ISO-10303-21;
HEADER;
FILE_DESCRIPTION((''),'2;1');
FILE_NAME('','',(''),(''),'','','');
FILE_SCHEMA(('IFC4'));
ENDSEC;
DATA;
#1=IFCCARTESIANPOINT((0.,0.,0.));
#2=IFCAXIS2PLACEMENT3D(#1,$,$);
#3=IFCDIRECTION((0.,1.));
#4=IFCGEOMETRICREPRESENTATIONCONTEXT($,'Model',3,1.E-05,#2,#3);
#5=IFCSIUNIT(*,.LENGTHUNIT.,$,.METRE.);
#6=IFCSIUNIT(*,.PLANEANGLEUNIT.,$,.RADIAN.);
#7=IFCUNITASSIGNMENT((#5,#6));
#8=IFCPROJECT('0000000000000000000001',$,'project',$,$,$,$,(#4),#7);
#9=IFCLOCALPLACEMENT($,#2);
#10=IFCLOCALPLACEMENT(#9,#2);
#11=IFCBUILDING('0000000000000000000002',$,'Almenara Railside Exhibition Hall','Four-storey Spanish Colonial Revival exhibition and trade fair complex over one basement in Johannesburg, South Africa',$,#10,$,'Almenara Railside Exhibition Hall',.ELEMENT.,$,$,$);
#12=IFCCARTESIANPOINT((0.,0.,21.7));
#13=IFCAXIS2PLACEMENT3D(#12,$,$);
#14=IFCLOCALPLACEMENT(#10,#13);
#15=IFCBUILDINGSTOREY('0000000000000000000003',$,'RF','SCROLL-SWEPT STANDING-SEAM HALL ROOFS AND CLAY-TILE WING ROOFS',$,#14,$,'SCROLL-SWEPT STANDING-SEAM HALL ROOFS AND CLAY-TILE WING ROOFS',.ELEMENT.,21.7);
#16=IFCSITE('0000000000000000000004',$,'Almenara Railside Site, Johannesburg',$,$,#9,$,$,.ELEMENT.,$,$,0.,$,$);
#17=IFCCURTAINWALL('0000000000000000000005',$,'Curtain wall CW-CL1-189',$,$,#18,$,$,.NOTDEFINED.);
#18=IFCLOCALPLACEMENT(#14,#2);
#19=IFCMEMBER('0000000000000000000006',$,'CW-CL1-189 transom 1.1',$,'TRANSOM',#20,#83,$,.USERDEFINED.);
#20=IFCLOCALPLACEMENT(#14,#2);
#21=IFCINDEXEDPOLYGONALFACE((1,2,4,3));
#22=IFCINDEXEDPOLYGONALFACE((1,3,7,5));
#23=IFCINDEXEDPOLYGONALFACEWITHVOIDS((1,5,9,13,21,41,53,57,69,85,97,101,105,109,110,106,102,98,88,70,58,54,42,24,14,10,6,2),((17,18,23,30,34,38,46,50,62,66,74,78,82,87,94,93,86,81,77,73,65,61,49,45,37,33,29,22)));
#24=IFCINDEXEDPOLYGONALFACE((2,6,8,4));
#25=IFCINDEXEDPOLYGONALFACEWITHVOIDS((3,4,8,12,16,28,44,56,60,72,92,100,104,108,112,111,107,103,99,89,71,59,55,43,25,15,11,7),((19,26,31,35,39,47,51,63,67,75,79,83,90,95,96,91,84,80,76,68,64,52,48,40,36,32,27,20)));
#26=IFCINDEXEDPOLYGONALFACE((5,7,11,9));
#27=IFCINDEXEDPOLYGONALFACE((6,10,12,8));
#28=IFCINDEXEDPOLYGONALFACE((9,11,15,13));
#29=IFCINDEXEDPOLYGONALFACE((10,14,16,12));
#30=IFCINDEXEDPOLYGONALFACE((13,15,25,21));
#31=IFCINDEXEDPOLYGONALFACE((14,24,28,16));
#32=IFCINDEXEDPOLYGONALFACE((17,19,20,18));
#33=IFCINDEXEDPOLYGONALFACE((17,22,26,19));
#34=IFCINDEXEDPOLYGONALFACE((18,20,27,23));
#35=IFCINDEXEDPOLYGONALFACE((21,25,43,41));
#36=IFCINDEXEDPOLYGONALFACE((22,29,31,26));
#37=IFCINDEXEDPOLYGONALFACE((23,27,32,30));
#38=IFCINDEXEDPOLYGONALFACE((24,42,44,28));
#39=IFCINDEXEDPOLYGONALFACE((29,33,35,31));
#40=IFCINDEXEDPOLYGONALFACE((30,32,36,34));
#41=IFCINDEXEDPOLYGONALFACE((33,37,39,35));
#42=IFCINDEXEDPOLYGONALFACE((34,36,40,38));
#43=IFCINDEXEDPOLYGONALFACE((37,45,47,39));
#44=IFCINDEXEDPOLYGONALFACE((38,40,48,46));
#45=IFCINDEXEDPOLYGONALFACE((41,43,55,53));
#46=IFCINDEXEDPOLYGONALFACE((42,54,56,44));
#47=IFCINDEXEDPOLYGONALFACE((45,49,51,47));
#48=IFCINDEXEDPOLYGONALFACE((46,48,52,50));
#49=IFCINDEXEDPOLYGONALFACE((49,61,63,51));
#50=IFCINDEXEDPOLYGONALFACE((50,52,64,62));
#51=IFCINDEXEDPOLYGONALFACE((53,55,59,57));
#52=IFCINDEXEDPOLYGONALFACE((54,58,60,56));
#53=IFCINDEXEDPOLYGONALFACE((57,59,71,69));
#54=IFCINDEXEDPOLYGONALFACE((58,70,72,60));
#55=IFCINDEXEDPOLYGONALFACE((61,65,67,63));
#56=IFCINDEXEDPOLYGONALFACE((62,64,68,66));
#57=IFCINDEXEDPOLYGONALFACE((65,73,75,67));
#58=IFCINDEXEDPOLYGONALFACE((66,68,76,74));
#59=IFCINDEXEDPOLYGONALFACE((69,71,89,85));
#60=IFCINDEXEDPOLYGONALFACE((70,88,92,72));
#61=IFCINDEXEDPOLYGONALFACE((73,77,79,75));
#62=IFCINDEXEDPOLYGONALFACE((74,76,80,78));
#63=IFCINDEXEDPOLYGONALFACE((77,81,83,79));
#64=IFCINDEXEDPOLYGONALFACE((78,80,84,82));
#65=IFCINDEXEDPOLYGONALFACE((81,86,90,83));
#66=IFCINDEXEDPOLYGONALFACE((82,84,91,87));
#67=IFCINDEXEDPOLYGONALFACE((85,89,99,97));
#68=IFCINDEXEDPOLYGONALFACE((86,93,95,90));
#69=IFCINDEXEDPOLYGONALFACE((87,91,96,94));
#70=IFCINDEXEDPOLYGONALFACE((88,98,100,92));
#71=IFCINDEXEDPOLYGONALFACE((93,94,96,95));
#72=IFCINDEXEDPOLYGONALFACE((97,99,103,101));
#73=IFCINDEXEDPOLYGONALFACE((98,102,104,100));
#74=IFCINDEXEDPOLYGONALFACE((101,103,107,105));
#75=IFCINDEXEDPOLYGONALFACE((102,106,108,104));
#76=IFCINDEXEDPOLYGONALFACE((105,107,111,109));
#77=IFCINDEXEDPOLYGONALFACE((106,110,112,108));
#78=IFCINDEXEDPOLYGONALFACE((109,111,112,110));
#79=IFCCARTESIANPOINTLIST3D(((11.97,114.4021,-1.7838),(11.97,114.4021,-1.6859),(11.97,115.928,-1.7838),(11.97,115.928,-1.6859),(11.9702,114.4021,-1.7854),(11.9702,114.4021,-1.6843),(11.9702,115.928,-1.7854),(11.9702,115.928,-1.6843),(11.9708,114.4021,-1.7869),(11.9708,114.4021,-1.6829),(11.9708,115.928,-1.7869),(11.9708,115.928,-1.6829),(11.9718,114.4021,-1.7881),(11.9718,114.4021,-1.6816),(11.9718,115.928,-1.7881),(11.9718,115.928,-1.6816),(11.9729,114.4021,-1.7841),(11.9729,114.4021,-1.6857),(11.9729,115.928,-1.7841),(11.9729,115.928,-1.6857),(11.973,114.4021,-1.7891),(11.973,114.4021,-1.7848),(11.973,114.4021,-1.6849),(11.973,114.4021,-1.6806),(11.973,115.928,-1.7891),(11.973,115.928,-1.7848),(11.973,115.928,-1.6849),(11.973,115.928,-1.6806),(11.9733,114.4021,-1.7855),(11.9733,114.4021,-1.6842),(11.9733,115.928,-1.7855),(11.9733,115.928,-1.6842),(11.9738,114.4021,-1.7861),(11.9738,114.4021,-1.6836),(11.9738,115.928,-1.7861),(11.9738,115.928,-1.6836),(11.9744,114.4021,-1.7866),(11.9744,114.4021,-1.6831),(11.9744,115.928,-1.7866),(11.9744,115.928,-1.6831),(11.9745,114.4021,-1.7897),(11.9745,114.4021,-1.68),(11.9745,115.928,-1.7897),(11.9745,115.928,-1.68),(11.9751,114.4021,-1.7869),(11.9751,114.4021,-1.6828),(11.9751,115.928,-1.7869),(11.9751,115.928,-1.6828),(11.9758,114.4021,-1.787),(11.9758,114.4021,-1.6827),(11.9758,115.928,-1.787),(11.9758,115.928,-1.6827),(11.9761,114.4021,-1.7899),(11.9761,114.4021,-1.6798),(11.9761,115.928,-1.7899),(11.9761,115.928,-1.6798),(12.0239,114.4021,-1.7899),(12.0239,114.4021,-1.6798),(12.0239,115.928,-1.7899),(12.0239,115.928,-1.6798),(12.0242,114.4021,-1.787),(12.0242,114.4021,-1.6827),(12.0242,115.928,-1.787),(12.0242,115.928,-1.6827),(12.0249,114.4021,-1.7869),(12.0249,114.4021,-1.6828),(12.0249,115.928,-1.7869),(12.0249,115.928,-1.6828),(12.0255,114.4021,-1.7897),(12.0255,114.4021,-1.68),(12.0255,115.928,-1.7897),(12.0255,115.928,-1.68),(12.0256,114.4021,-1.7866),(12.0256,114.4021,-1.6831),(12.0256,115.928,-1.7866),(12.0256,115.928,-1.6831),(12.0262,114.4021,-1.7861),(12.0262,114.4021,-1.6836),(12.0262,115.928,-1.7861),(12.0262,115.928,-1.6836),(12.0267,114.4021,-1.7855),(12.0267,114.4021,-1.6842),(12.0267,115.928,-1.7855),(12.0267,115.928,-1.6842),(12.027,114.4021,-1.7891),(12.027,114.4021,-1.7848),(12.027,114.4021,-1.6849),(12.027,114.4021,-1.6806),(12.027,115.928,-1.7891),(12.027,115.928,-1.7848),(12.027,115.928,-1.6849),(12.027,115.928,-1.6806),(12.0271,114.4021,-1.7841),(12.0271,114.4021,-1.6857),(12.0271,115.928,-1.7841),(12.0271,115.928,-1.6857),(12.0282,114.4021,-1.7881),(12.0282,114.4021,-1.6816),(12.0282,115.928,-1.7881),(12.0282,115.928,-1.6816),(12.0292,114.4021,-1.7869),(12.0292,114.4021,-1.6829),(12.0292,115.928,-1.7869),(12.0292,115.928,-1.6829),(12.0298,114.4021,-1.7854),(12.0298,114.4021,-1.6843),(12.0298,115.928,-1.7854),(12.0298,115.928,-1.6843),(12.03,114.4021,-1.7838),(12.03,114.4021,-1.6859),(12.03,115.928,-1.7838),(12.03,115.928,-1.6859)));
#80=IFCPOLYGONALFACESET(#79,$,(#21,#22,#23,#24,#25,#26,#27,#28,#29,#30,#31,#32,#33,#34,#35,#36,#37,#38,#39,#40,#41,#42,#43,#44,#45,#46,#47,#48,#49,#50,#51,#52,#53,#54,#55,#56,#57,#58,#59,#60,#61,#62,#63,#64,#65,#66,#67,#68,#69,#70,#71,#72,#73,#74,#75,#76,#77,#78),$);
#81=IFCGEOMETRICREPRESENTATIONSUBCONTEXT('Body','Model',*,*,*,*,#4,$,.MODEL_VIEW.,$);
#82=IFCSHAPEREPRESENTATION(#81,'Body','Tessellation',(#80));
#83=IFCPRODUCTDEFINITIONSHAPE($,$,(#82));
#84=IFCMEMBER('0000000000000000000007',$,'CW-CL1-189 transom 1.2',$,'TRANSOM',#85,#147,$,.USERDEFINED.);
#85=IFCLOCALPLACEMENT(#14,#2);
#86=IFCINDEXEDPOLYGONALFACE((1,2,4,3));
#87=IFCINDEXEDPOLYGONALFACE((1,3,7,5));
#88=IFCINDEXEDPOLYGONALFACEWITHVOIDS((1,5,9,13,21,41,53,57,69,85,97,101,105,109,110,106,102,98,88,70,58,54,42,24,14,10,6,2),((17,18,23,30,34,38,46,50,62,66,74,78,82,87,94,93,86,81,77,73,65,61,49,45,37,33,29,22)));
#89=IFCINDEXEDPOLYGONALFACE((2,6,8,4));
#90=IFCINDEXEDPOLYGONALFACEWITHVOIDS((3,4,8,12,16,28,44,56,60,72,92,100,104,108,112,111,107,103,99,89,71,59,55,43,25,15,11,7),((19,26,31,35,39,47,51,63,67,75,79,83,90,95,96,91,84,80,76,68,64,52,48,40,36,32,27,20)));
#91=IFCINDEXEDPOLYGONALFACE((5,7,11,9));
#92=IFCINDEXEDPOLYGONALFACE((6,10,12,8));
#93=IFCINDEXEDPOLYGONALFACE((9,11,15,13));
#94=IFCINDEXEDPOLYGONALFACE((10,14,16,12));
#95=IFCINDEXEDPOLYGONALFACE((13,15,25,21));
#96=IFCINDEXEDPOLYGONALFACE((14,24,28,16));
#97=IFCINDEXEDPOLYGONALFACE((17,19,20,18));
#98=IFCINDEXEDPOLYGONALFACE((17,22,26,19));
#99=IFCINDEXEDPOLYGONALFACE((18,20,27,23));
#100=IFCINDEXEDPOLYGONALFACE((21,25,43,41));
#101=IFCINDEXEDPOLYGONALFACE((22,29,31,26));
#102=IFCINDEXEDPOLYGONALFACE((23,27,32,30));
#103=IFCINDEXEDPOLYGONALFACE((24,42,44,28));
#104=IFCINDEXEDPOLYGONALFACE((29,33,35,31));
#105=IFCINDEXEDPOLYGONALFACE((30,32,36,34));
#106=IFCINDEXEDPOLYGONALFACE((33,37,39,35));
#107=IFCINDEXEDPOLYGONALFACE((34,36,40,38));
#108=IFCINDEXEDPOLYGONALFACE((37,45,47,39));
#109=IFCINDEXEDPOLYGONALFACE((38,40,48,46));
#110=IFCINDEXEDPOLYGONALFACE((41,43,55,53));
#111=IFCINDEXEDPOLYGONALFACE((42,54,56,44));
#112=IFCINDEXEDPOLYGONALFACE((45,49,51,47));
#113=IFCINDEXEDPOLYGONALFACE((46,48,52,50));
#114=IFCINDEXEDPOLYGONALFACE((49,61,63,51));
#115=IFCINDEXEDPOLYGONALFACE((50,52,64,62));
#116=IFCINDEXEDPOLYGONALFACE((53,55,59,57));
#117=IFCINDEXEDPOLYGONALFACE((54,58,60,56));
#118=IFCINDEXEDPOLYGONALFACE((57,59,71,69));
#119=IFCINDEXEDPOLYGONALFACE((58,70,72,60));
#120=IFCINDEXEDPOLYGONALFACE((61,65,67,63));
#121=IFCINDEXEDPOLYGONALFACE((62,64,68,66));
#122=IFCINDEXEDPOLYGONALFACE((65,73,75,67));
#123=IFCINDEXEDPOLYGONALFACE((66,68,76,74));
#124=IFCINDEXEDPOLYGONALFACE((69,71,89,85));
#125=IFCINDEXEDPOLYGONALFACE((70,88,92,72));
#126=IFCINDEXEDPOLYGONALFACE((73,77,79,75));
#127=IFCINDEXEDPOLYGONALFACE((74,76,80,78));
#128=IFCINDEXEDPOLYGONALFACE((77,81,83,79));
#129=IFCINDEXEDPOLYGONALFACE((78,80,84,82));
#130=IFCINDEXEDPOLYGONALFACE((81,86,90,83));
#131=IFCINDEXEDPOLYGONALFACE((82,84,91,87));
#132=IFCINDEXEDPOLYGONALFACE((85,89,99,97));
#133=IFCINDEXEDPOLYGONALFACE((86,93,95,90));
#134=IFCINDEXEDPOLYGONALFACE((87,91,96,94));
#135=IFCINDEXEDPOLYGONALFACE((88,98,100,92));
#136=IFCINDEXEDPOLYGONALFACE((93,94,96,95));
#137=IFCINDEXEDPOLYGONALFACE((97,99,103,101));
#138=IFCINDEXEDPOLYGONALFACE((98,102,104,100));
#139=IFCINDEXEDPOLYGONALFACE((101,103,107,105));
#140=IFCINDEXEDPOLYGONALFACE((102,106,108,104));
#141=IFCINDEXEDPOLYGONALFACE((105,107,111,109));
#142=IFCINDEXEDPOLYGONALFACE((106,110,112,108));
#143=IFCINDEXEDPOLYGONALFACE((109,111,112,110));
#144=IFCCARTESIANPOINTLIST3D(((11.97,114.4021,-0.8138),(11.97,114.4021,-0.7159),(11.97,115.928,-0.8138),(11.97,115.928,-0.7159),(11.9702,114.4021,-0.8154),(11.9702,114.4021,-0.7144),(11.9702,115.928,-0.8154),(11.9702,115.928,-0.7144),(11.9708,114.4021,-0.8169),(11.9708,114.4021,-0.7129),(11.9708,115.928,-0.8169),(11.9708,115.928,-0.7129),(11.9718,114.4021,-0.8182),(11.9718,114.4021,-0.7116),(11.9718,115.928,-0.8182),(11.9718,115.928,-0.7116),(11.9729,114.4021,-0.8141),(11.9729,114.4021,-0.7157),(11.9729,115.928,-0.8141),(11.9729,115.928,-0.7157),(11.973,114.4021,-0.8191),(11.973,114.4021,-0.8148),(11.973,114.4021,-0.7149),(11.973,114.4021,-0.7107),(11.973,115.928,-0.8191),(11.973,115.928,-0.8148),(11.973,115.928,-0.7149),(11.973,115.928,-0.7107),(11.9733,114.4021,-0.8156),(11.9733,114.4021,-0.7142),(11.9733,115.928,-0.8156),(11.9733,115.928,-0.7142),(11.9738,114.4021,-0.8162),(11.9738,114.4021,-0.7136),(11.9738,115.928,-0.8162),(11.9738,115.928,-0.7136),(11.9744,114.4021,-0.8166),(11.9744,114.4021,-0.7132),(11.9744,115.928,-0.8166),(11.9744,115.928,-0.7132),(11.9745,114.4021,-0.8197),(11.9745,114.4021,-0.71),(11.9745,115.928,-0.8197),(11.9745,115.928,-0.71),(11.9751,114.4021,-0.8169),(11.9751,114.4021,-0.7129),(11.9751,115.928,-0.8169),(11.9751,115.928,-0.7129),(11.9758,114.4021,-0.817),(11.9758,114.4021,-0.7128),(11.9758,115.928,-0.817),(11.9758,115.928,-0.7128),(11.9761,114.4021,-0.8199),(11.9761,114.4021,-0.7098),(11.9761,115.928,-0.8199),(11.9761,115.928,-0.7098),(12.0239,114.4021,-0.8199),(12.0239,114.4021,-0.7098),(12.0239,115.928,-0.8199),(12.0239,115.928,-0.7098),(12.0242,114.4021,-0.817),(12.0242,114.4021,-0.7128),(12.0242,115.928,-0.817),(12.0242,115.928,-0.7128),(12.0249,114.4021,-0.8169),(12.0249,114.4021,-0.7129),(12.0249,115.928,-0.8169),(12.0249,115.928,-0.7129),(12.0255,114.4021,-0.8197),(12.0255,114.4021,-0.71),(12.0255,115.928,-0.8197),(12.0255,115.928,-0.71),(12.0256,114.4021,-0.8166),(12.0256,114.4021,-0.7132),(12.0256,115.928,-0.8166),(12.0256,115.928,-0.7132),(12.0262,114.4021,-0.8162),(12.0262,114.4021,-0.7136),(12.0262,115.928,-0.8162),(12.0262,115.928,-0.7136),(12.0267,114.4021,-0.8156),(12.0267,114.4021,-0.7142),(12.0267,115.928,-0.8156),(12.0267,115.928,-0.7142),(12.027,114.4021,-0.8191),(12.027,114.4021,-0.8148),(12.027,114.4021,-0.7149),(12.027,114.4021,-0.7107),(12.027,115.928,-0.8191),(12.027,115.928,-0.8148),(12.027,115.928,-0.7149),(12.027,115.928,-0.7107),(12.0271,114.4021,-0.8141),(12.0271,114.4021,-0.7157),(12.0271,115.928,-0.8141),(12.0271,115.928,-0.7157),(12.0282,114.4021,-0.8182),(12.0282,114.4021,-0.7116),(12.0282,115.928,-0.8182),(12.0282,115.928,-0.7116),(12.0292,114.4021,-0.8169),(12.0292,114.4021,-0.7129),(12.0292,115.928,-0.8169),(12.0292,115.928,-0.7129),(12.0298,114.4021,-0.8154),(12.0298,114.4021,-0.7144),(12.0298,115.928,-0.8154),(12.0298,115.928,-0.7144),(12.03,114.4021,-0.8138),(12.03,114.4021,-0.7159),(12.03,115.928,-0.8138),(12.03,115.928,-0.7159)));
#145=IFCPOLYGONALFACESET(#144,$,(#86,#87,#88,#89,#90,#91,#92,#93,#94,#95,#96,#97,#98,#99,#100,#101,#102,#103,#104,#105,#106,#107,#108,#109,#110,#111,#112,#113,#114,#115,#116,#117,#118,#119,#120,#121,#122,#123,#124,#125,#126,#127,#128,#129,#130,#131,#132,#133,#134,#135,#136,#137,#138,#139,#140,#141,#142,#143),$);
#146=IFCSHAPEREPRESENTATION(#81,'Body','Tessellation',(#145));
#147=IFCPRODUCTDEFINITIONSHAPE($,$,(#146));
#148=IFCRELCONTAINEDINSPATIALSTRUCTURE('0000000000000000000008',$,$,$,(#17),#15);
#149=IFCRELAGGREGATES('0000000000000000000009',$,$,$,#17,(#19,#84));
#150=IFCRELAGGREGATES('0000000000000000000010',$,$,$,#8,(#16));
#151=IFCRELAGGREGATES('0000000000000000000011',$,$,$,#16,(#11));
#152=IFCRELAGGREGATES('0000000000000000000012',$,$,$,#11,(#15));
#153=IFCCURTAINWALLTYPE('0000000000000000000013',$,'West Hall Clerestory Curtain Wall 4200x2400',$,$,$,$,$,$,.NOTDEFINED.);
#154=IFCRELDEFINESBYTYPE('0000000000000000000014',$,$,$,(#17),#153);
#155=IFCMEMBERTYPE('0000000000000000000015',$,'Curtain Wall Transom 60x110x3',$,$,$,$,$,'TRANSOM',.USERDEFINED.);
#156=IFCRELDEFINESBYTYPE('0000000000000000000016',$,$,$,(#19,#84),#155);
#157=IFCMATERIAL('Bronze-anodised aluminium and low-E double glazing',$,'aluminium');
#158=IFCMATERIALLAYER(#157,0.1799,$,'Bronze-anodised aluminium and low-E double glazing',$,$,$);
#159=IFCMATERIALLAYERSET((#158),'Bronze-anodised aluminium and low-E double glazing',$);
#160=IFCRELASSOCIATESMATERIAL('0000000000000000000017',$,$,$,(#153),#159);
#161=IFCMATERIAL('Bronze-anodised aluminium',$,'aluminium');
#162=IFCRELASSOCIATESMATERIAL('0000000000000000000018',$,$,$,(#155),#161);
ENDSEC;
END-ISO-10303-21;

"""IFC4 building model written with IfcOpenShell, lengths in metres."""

from ifc_helpers import new_model, si_unit, direction, frame, origin, origin_2d, place, context, subcontext, project, spatial, hollow_rectangle, extrude, material, layer, layer_set, material_profile, profile_set, type_object, element, aggregate, save


model = new_model("IFC4")

# Units and contexts
model_context = context("Model", 3, precision=1e-05, world=origin(), true_north=direction((0.0, 1.0)))
body_context = subcontext(model_context, "Body", "Model", "MODEL_VIEW")
ifc_project = project(units=[si_unit("LENGTHUNIT", "METRE"), si_unit("PLANEANGLEUNIT", "RADIAN")], contexts=[model_context])

# Site, building, storey
site_placement = place(None, origin())
site = spatial("IfcSite", under=ifc_project, at=site_placement, Name="Almenara Railside Site, Johannesburg", CompositionType="ELEMENT", RefElevation=0.0)
building_placement = place(site_placement, origin())
building = spatial("IfcBuilding", under=site, at=building_placement, Name="Almenara Railside Exhibition Hall", Description="Four-storey Spanish Colonial Revival exhibition and trade fair complex over one basement in Johannesburg, South Africa", LongName="Almenara Railside Exhibition Hall", CompositionType="ELEMENT")
storey_placement = place(building_placement, frame((0.0, 0.0, 21.7)))
storey = spatial("IfcBuildingStorey", under=building, at=storey_placement, Name="RF", Description="SCROLL-SWEPT STANDING-SEAM HALL ROOFS AND CLAY-TILE WING ROOFS", LongName="SCROLL-SWEPT STANDING-SEAM HALL ROOFS AND CLAY-TILE WING ROOFS", CompositionType="ELEMENT", Elevation=21.7)

# Curtain wall
ifc_material_1 = material(Name="Bronze-anodised aluminium and low-E double glazing", Category="aluminium")
ifc_layer_1 = layer(ifc_material_1, 0.1799, Name="Bronze-anodised aluminium and low-E double glazing")
ifc_layer_set_1 = layer_set([ifc_layer_1], Name="Bronze-anodised aluminium and low-E double glazing")
curtain_wall_type = type_object("IfcCurtainWallType", Name="West Hall Clerestory Curtain Wall 4200x2400", PredefinedType="NOTDEFINED", material=ifc_layer_set_1)
curtain_wall_1_placement = place(storey_placement, origin())
curtain_wall_1 = element("IfcCurtainWall", 1, at=curtain_wall_1_placement, inside=storey, type_object=curtain_wall_type, Name="Curtain wall CW-CL1-189", PredefinedType="NOTDEFINED")
ifc_material_2 = material(Name="Bronze-anodised aluminium", Category="aluminium")

# Members
ifc_material_profile_1 = material_profile(ifc_material_2, hollow_rectangle(XDim=0.0601, YDim=0.1101, WallThickness=0.0029, InnerFilletRadius=0.0029, OuterFilletRadius=0.0061, at=origin_2d()), Name="ALU-TRN 60x110x3")
ifc_profile_set_1 = profile_set([ifc_material_profile_1], Name="Bronze-anodised aluminium")
member_type_1 = type_object("IfcMemberType", Name="Curtain Wall Transom 60x110x3", ElementType="TRANSOM", PredefinedType="USERDEFINED", material=ifc_profile_set_1)
member_1_placement = place(storey_placement, frame((12.0, 114.4021, -1.7349), z_axis=(0.0, 1.0, 0.0), x_axis=(-1.0, 0.0, 0.0)))
member_1 = element("IfcMember", 2, at=member_1_placement, type_object=member_type_1, Name="CW-CL1-189 transom 1.1", ObjectType="TRANSOM", PredefinedType="USERDEFINED", context=body_context, shape_type="SweptSolid", body=[
    extrude(hollow_rectangle(XDim=0.0601, YDim=0.1101, WallThickness=0.0029, InnerFilletRadius=0.0029, OuterFilletRadius=0.0061, at=origin_2d()), origin(), (0.0, 0.0, 1.0), 1.5259),
])
member_2_placement = place(storey_placement, frame((12.0, 114.4021, -0.7649), z_axis=(0.0, 1.0, 0.0), x_axis=(-1.0, 0.0, 0.0)))
member_2 = element("IfcMember", 3, at=member_2_placement, type_object=member_type_1, Name="CW-CL1-189 transom 1.2", ObjectType="TRANSOM", PredefinedType="USERDEFINED", context=body_context, shape_type="SweptSolid", body=[
    extrude(hollow_rectangle(XDim=0.0601, YDim=0.1101, WallThickness=0.0029, InnerFilletRadius=0.0029, OuterFilletRadius=0.0061, at=origin_2d()), origin(), (0.0, 0.0, 1.0), 1.5259),
])

aggregate(curtain_wall_1, [member_1, member_2])

save(model, "model.ifc")
